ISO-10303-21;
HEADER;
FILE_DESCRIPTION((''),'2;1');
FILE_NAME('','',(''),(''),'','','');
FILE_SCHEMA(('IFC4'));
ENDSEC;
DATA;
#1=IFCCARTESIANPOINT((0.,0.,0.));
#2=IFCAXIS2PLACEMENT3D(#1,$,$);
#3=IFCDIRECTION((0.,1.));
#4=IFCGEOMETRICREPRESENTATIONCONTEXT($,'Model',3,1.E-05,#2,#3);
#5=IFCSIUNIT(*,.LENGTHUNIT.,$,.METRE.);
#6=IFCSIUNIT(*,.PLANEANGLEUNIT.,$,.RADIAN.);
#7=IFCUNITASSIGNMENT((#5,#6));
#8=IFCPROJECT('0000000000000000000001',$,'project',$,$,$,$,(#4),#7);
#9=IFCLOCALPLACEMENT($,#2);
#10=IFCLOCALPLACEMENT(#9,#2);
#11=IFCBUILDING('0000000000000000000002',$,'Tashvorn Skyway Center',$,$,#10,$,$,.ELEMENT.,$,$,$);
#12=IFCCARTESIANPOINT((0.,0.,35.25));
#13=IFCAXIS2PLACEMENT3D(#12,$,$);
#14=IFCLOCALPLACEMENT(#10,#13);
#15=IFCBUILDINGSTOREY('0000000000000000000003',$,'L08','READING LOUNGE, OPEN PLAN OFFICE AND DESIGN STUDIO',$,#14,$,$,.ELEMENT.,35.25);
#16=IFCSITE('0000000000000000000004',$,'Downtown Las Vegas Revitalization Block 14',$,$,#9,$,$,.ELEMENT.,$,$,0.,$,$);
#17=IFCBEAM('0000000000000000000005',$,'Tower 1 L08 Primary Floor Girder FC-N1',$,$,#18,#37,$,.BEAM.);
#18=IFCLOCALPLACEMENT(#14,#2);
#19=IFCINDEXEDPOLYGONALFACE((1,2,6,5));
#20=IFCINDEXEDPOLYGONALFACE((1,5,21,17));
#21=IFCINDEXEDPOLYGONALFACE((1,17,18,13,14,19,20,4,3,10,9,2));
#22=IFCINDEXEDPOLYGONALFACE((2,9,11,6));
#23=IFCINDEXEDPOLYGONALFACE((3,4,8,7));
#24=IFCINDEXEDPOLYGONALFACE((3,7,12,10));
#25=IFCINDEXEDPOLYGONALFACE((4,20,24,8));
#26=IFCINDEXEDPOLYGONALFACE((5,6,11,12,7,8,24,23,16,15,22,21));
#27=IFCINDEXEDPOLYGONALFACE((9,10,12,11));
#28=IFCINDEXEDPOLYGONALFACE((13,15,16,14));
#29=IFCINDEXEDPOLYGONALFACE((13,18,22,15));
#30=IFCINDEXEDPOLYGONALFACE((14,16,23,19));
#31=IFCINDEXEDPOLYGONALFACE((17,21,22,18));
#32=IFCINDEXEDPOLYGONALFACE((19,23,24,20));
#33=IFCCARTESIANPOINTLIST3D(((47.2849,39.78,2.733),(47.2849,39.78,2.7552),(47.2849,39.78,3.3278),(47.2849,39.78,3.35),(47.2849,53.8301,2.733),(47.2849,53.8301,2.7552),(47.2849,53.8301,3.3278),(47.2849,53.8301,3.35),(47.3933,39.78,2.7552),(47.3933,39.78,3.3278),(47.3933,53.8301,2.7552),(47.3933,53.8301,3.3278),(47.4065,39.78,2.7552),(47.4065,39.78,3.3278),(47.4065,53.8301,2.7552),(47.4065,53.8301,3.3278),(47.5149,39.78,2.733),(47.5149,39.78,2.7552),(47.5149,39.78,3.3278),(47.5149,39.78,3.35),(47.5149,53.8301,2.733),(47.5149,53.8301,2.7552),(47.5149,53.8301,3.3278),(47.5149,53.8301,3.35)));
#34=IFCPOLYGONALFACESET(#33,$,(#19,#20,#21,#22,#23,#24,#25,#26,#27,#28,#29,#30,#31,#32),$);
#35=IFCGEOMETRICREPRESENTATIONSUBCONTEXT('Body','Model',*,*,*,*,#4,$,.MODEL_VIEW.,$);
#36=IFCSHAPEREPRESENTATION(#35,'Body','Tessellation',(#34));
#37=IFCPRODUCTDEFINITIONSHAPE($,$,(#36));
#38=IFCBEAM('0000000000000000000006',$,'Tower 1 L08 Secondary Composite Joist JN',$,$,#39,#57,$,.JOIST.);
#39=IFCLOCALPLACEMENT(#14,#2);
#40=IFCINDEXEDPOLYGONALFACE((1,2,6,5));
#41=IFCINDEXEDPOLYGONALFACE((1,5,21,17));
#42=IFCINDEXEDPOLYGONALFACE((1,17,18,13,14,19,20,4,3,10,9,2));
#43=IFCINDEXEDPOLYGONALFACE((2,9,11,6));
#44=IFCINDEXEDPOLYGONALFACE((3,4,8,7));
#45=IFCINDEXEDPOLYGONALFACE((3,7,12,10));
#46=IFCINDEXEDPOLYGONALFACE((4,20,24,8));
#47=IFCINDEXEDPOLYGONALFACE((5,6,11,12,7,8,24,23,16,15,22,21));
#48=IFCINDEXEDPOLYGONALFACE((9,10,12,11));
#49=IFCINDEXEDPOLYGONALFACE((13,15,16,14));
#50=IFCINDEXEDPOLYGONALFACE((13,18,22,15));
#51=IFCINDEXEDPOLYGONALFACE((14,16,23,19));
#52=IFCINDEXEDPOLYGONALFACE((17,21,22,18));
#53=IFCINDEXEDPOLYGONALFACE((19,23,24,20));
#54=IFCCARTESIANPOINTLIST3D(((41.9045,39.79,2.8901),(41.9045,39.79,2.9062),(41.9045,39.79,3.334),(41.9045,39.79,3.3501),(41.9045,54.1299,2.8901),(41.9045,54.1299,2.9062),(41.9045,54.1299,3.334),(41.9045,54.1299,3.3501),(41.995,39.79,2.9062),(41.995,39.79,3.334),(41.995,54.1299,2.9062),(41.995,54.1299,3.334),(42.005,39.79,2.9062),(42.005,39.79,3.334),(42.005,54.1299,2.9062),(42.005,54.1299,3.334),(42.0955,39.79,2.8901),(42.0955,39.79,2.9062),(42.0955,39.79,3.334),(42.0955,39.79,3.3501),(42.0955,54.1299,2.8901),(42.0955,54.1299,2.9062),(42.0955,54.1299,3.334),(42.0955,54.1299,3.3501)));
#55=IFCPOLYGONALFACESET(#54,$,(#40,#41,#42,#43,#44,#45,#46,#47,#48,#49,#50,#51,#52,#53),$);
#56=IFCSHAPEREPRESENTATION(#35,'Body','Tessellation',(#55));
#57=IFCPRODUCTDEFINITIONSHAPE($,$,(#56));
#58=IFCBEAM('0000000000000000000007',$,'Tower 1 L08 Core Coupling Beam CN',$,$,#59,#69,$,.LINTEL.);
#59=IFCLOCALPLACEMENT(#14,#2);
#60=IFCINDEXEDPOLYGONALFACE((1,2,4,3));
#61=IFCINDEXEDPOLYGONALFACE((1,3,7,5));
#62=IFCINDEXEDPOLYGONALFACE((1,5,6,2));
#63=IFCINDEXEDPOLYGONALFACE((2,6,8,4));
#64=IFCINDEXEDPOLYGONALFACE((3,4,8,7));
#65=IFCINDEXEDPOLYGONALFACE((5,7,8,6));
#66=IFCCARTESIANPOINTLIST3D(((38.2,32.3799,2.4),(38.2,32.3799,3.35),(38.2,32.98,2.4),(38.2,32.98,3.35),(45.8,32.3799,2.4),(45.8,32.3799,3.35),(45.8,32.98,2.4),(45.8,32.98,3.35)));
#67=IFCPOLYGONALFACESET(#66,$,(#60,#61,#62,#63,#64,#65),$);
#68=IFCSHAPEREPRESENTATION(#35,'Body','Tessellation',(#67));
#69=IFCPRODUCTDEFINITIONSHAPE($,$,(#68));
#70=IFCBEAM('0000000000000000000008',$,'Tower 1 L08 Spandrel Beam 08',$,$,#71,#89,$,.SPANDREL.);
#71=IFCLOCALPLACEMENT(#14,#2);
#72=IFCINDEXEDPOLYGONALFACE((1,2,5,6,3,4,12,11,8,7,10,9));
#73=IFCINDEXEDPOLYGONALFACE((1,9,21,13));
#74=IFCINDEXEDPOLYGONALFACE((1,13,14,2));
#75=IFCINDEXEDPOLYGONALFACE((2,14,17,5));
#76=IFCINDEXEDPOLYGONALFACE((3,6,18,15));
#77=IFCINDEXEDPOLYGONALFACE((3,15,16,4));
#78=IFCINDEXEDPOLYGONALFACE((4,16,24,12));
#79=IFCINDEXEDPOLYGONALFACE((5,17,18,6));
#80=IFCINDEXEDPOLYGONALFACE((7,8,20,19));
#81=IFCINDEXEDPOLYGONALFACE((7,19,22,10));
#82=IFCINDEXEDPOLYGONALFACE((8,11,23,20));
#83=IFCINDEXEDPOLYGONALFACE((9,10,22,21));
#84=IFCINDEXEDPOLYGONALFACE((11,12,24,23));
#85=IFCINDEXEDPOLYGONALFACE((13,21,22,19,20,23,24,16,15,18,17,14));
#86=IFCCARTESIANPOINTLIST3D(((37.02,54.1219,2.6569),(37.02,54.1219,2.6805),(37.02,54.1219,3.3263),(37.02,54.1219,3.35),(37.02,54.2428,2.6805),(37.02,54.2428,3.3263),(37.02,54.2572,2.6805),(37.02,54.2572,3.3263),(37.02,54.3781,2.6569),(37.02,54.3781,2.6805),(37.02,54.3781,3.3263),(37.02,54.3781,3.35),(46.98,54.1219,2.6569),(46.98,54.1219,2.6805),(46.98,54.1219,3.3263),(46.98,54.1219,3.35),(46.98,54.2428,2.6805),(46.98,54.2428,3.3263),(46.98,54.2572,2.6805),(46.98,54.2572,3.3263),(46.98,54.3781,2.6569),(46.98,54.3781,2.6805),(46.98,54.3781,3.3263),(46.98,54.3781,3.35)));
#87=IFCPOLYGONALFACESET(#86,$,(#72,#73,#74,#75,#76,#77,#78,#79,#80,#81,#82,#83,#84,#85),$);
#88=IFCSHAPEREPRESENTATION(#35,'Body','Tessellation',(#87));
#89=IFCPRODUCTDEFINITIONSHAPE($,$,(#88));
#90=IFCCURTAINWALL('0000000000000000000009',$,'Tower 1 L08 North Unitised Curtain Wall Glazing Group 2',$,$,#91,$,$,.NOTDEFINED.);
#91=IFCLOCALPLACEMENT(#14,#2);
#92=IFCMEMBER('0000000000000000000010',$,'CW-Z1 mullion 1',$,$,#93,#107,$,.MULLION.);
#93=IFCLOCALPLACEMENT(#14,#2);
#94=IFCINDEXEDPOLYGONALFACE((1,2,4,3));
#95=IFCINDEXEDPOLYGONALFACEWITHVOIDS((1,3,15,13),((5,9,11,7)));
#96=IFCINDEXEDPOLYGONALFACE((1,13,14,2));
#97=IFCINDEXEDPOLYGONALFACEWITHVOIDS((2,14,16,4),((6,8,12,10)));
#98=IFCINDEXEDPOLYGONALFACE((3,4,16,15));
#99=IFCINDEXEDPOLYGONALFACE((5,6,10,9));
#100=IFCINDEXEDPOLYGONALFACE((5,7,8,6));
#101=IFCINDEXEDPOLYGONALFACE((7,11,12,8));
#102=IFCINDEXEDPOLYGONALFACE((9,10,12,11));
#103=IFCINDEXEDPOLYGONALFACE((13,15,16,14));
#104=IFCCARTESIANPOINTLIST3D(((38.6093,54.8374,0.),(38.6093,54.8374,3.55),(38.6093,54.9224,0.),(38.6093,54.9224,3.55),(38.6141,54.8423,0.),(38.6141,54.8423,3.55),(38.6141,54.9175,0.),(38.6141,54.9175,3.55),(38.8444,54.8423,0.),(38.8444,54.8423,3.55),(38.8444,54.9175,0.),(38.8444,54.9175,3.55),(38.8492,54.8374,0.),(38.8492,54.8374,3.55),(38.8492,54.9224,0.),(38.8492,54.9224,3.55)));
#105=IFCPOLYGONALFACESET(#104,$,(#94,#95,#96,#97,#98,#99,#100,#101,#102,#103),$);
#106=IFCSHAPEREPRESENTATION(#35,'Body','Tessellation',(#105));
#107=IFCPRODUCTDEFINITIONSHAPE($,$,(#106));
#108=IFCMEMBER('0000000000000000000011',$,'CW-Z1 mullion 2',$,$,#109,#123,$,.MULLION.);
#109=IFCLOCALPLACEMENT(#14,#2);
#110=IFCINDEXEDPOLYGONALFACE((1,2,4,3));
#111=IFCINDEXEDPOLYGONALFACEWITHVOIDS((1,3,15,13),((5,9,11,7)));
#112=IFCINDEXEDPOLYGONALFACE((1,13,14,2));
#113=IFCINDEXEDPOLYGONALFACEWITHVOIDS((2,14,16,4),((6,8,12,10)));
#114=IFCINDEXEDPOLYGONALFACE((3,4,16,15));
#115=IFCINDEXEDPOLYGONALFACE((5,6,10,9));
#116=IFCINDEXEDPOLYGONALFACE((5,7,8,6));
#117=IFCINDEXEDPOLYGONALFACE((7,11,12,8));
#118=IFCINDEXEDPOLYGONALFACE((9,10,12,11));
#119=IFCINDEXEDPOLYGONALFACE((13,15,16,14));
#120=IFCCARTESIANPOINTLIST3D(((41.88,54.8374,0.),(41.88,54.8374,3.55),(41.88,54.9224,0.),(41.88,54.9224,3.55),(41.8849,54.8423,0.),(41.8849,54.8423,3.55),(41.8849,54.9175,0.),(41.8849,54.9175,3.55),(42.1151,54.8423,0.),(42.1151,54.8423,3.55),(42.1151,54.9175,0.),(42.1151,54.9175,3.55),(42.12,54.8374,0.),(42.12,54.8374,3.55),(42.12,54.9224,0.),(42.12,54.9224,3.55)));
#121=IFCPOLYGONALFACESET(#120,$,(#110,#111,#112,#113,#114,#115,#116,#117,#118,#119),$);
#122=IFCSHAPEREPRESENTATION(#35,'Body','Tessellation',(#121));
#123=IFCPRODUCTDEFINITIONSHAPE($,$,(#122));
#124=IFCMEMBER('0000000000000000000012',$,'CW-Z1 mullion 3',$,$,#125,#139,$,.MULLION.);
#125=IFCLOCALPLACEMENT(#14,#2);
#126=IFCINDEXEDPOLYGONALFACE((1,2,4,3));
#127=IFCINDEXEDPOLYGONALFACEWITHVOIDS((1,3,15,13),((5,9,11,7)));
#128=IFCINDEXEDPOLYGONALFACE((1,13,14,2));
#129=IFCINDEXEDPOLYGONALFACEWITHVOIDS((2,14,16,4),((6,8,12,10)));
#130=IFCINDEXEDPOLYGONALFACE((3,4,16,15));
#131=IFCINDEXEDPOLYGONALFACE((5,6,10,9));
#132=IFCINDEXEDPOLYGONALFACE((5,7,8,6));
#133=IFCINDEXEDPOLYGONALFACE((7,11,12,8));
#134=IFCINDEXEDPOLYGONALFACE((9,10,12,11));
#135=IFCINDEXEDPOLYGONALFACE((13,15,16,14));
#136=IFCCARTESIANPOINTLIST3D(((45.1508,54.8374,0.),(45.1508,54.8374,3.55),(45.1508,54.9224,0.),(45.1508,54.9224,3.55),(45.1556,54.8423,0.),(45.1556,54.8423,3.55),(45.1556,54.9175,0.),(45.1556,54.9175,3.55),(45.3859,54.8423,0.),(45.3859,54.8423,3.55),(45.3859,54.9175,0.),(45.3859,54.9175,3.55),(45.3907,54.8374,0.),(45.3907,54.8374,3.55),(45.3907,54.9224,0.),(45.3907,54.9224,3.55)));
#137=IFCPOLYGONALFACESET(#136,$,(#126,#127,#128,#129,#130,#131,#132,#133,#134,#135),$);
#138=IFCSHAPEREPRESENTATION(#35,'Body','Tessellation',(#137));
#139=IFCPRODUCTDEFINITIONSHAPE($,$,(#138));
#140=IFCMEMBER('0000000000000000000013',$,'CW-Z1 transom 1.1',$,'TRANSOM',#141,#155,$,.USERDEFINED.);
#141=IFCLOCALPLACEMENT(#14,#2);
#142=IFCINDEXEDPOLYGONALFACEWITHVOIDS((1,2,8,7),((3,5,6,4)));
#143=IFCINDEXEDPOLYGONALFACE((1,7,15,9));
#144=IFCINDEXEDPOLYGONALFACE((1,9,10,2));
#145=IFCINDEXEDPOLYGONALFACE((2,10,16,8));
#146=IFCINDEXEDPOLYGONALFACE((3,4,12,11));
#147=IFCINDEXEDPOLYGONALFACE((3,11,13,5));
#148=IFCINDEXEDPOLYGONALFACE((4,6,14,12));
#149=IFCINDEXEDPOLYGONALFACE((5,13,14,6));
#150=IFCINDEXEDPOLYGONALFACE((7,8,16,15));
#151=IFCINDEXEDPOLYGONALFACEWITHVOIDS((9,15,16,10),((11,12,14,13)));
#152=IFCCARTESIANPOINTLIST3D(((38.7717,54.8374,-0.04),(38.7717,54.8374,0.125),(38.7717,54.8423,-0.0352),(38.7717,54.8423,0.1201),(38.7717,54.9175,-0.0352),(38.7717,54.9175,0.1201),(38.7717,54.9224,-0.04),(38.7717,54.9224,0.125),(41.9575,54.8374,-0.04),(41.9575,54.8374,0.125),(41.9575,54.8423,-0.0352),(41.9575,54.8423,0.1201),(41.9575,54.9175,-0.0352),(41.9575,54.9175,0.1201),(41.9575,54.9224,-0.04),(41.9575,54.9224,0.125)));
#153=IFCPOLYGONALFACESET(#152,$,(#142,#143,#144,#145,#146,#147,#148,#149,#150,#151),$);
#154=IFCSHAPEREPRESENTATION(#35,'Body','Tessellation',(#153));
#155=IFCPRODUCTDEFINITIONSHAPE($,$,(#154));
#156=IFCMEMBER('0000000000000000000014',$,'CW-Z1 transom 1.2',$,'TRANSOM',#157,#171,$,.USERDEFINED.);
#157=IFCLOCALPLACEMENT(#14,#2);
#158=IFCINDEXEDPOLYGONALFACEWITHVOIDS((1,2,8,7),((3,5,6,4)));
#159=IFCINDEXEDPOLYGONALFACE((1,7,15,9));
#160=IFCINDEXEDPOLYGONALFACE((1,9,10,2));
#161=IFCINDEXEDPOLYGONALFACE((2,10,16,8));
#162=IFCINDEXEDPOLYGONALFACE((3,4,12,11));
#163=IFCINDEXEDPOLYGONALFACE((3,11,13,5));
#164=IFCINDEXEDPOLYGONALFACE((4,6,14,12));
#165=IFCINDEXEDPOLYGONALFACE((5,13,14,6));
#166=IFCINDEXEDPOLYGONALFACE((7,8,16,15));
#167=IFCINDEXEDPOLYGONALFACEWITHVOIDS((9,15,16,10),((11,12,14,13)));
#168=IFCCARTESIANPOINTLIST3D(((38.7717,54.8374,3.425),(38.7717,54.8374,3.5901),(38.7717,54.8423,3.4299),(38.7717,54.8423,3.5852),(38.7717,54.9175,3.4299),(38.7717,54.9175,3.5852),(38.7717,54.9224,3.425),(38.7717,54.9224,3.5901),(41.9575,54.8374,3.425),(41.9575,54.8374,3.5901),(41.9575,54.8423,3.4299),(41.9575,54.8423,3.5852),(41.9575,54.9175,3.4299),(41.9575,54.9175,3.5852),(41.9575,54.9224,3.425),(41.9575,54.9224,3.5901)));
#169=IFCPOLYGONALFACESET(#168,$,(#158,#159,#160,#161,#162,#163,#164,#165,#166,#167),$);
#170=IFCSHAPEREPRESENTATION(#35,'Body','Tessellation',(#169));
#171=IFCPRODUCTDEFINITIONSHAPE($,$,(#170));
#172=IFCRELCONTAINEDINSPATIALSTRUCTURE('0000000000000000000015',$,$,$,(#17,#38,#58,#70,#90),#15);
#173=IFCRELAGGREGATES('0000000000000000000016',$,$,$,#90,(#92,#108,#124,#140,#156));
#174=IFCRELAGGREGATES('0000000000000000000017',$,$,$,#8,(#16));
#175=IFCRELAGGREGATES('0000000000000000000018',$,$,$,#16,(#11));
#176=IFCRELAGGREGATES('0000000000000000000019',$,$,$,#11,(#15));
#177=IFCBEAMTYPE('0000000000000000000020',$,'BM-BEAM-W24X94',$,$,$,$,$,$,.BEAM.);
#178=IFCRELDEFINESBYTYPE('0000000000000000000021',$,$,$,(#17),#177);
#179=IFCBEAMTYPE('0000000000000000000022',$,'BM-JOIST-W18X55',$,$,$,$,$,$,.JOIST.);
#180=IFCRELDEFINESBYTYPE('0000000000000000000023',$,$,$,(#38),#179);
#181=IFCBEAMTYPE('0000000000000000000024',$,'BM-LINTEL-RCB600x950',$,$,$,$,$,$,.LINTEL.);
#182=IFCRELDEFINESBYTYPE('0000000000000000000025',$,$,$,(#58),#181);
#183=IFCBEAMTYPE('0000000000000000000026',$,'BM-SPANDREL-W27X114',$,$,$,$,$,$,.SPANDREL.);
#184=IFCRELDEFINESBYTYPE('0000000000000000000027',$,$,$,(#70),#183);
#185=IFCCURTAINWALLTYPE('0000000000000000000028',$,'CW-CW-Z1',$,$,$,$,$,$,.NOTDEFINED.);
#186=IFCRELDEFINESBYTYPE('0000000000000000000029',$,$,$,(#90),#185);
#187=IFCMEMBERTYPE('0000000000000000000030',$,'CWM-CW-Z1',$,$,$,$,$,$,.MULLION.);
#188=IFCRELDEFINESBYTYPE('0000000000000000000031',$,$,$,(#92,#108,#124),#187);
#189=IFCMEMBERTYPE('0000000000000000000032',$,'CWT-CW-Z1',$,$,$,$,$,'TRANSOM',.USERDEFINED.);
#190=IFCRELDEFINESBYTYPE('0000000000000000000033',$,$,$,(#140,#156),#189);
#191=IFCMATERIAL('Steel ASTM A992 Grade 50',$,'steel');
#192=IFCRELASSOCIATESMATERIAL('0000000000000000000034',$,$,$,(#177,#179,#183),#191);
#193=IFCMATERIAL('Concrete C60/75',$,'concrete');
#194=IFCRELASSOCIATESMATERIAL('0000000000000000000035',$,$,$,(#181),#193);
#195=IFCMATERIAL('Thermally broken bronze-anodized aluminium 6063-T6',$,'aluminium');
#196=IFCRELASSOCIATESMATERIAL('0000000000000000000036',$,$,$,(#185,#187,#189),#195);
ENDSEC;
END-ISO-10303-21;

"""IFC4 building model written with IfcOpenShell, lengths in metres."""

from ifc_helpers import new_model, si_unit, direction, frame, origin, origin_2d, place, context, subcontext, project, spatial, rectangle, hollow_rectangle, i_section, extrude, material, material_profile, profile_set, type_object, element, aggregate, save


model = new_model("IFC4")

# Units and contexts
model_context = context("Model", 3, precision=1e-05, world=origin(), true_north=direction((0.0, 1.0)))
body_context = subcontext(model_context, "Body", "Model", "MODEL_VIEW")
ifc_project = project(units=[si_unit("LENGTHUNIT", "METRE"), si_unit("PLANEANGLEUNIT", "RADIAN")], contexts=[model_context])

# Site, building, storey
site_placement = place(None, origin())
site = spatial("IfcSite", under=ifc_project, at=site_placement, Name="Downtown Las Vegas Revitalization Block 14", CompositionType="ELEMENT", RefElevation=0.0)
building_placement = place(site_placement, origin())
building = spatial("IfcBuilding", under=site, at=building_placement, Name="Tashvorn Skyway Center", CompositionType="ELEMENT")
storey_placement = place(building_placement, frame((0.0, 0.0, 35.25)))
storey = spatial("IfcBuildingStorey", under=building, at=storey_placement, Name="L08", Description="READING LOUNGE, OPEN PLAN OFFICE AND DESIGN STUDIO", CompositionType="ELEMENT", Elevation=35.25)

# Beams
ifc_material_1 = material(Name="Steel ASTM A992 Grade 50", Category="steel")
ifc_material_profile_1 = material_profile(ifc_material_1, i_section(OverallWidth=0.23, OverallDepth=0.6169, WebThickness=0.0132, FlangeThickness=0.0222, at=origin_2d()), Name="W24X94")
ifc_profile_set_1 = profile_set([ifc_material_profile_1], Name="Steel ASTM A992 Grade 50")
beam_type_1 = type_object("IfcBeamType", Name="BM-BEAM-W24X94", PredefinedType="BEAM", material=ifc_profile_set_1)
beam_1_placement = place(storey_placement, frame((47.3999, 53.8301, 3.0415), z_axis=(0.0, -1.0, 0.0), x_axis=(1.0, 0.0, 0.0)))
element("IfcBeam", 1, at=beam_1_placement, inside=storey, type_object=beam_type_1, Name="Tower 1 L08 Primary Floor Girder FC-N1", PredefinedType="BEAM", context=body_context, shape_type="SweptSolid", body=[
    extrude(i_section(OverallWidth=0.23, OverallDepth=0.6169, WebThickness=0.0132, FlangeThickness=0.0222, at=origin_2d()), origin(), (0.0, 0.0, 1.0), 14.05),
])
ifc_material_profile_2 = material_profile(ifc_material_1, i_section(OverallWidth=0.1909, OverallDepth=0.46, WebThickness=0.01, FlangeThickness=0.0161, at=origin_2d()), Name="W18X55")
ifc_profile_set_2 = profile_set([ifc_material_profile_2], Name="Steel ASTM A992 Grade 50")
beam_type_2 = type_object("IfcBeamType", Name="BM-JOIST-W18X55", PredefinedType="JOIST", material=ifc_profile_set_2)
beam_2_placement = place(storey_placement, frame((42.0, 39.79, 3.1201), z_axis=(0.0, 1.0, 0.0), x_axis=(-1.0, 0.0, 0.0)))
element("IfcBeam", 2, at=beam_2_placement, inside=storey, type_object=beam_type_2, Name="Tower 1 L08 Secondary Composite Joist JN", PredefinedType="JOIST", context=body_context, shape_type="SweptSolid", body=[
    extrude(i_section(OverallWidth=0.1909, OverallDepth=0.46, WebThickness=0.01, FlangeThickness=0.0161, at=origin_2d()), origin(), (0.0, 0.0, 1.0), 14.3398),
])
ifc_material_2 = material(Name="Concrete C60/75", Category="concrete")
ifc_material_profile_3 = material_profile(ifc_material_2, rectangle(XDim=0.6001, YDim=0.95, at=origin_2d()), Name="RCB600x950")
ifc_profile_set_3 = profile_set([ifc_material_profile_3], Name="Concrete C60/75")
beam_type_3 = type_object("IfcBeamType", Name="BM-LINTEL-RCB600x950", PredefinedType="LINTEL", material=ifc_profile_set_3)
beam_3_placement = place(storey_placement, frame((38.2, 32.6799, 2.875), z_axis=(1.0, 0.0, 0.0), x_axis=(0.0, 1.0, 0.0)))
element("IfcBeam", 3, at=beam_3_placement, inside=storey, type_object=beam_type_3, Name="Tower 1 L08 Core Coupling Beam CN", PredefinedType="LINTEL", context=body_context, shape_type="SweptSolid", body=[
    extrude(rectangle(XDim=0.6001, YDim=0.95, at=origin_2d()), origin(), (0.0, 0.0, 1.0), 7.6001),
])
ifc_material_profile_4 = material_profile(ifc_material_1, i_section(OverallWidth=0.2561, OverallDepth=0.6931, WebThickness=0.0144, FlangeThickness=0.0237, at=origin_2d()), Name="W27X114")
ifc_profile_set_4 = profile_set([ifc_material_profile_4], Name="Steel ASTM A992 Grade 50")
beam_type_4 = type_object("IfcBeamType", Name="BM-SPANDREL-W27X114", PredefinedType="SPANDREL", material=ifc_profile_set_4)
beam_4_placement = place(storey_placement, frame((46.98, 54.25, 3.0034), z_axis=(-1.0, 0.0, 0.0), x_axis=(0.0, -1.0, 0.0)))
element("IfcBeam", 4, at=beam_4_placement, inside=storey, type_object=beam_type_4, Name="Tower 1 L08 Spandrel Beam 08", PredefinedType="SPANDREL", context=body_context, shape_type="SweptSolid", body=[
    extrude(i_section(OverallWidth=0.2561, OverallDepth=0.6931, WebThickness=0.0144, FlangeThickness=0.0237, at=origin_2d()), origin(), (0.0, 0.0, 1.0), 9.96),
])

# Curtain wall, members
ifc_material_3 = material(Name="Thermally broken bronze-anodized aluminium 6063-T6", Category="aluminium")
curtain_wall_type = type_object("IfcCurtainWallType", Name="CW-CW-Z1", PredefinedType="NOTDEFINED", material=ifc_material_3)
curtain_wall_placement = place(storey_placement, origin())
curtain_wall = element("IfcCurtainWall", 5, at=curtain_wall_placement, inside=storey, type_object=curtain_wall_type, Name="Tower 1 L08 North Unitised Curtain Wall Glazing Group 2", PredefinedType="NOTDEFINED")
ifc_material_profile_5 = material_profile(ifc_material_3, hollow_rectangle(XDim=0.085, YDim=0.24, WallThickness=0.0049, at=origin_2d()), Name="ALU-MULL-85x240")
ifc_profile_set_5 = profile_set([ifc_material_profile_5], Name="Thermally broken bronze-anodized aluminium 6063-T6")
member_type_1 = type_object("IfcMemberType", Name="CWM-CW-Z1", PredefinedType="MULLION", material=ifc_profile_set_5)
member_1_placement = place(storey_placement, frame((38.7292, 54.8799, 0.0), z_axis=(0.0, 0.0, 1.0), x_axis=(0.0, 1.0, 0.0)))
member_1 = element("IfcMember", 6, at=member_1_placement, type_object=member_type_1, Name="CW-Z1 mullion 1", PredefinedType="MULLION", context=body_context, shape_type="SweptSolid", body=[
    extrude(hollow_rectangle(XDim=0.085, YDim=0.24, WallThickness=0.0049, at=origin_2d()), origin(), (0.0, 0.0, 1.0), 3.55),
])
member_2_placement = place(storey_placement, frame((42.0, 54.8799, 0.0), z_axis=(0.0, 0.0, 1.0), x_axis=(0.0, 1.0, 0.0)))
member_2 = element("IfcMember", 7, at=member_2_placement, type_object=member_type_1, Name="CW-Z1 mullion 2", PredefinedType="MULLION", context=body_context, shape_type="SweptSolid", body=[
    extrude(hollow_rectangle(XDim=0.085, YDim=0.24, WallThickness=0.0049, at=origin_2d()), origin(), (0.0, 0.0, 1.0), 3.55),
])
member_3_placement = place(storey_placement, frame((45.2708, 54.8799, 0.0), z_axis=(0.0, 0.0, 1.0), x_axis=(0.0, 1.0, 0.0)))
member_3 = element("IfcMember", 8, at=member_3_placement, type_object=member_type_1, Name="CW-Z1 mullion 3", PredefinedType="MULLION", context=body_context, shape_type="SweptSolid", body=[
    extrude(hollow_rectangle(XDim=0.085, YDim=0.24, WallThickness=0.0049, at=origin_2d()), origin(), (0.0, 0.0, 1.0), 3.55),
])
ifc_material_profile_6 = material_profile(ifc_material_3, hollow_rectangle(XDim=0.085, YDim=0.165, WallThickness=0.0049, at=origin_2d()), Name="ALU-TRAN-85x165")
ifc_profile_set_6 = profile_set([ifc_material_profile_6], Name="Thermally broken bronze-anodized aluminium 6063-T6")
member_type_2 = type_object("IfcMemberType", Name="CWT-CW-Z1", ElementType="TRANSOM", PredefinedType="USERDEFINED", material=ifc_profile_set_6)
member_4_placement = place(storey_placement, frame((38.7717, 54.8799, 0.0425), z_axis=(1.0, 0.0, 0.0), x_axis=(0.0, 1.0, 0.0)))
member_4 = element("IfcMember", 9, at=member_4_placement, type_object=member_type_2, Name="CW-Z1 transom 1.1", ObjectType="TRANSOM", PredefinedType="USERDEFINED", context=body_context, shape_type="SweptSolid", body=[
    extrude(hollow_rectangle(XDim=0.085, YDim=0.165, WallThickness=0.0049, at=origin_2d()), origin(), (0.0, 0.0, 1.0), 3.1858),
])
member_5_placement = place(storey_placement, frame((38.7717, 54.8799, 3.5076), z_axis=(1.0, 0.0, 0.0), x_axis=(0.0, 1.0, 0.0)))
member_5 = element("IfcMember", 10, at=member_5_placement, type_object=member_type_2, Name="CW-Z1 transom 1.2", ObjectType="TRANSOM", PredefinedType="USERDEFINED", context=body_context, shape_type="SweptSolid", body=[
    extrude(hollow_rectangle(XDim=0.085, YDim=0.165, WallThickness=0.0049, at=origin_2d()), origin(), (0.0, 0.0, 1.0), 3.1858),
])
aggregate(curtain_wall, [member_1, member_2, member_3, member_4, member_5])

save(model, "model.ifc")
